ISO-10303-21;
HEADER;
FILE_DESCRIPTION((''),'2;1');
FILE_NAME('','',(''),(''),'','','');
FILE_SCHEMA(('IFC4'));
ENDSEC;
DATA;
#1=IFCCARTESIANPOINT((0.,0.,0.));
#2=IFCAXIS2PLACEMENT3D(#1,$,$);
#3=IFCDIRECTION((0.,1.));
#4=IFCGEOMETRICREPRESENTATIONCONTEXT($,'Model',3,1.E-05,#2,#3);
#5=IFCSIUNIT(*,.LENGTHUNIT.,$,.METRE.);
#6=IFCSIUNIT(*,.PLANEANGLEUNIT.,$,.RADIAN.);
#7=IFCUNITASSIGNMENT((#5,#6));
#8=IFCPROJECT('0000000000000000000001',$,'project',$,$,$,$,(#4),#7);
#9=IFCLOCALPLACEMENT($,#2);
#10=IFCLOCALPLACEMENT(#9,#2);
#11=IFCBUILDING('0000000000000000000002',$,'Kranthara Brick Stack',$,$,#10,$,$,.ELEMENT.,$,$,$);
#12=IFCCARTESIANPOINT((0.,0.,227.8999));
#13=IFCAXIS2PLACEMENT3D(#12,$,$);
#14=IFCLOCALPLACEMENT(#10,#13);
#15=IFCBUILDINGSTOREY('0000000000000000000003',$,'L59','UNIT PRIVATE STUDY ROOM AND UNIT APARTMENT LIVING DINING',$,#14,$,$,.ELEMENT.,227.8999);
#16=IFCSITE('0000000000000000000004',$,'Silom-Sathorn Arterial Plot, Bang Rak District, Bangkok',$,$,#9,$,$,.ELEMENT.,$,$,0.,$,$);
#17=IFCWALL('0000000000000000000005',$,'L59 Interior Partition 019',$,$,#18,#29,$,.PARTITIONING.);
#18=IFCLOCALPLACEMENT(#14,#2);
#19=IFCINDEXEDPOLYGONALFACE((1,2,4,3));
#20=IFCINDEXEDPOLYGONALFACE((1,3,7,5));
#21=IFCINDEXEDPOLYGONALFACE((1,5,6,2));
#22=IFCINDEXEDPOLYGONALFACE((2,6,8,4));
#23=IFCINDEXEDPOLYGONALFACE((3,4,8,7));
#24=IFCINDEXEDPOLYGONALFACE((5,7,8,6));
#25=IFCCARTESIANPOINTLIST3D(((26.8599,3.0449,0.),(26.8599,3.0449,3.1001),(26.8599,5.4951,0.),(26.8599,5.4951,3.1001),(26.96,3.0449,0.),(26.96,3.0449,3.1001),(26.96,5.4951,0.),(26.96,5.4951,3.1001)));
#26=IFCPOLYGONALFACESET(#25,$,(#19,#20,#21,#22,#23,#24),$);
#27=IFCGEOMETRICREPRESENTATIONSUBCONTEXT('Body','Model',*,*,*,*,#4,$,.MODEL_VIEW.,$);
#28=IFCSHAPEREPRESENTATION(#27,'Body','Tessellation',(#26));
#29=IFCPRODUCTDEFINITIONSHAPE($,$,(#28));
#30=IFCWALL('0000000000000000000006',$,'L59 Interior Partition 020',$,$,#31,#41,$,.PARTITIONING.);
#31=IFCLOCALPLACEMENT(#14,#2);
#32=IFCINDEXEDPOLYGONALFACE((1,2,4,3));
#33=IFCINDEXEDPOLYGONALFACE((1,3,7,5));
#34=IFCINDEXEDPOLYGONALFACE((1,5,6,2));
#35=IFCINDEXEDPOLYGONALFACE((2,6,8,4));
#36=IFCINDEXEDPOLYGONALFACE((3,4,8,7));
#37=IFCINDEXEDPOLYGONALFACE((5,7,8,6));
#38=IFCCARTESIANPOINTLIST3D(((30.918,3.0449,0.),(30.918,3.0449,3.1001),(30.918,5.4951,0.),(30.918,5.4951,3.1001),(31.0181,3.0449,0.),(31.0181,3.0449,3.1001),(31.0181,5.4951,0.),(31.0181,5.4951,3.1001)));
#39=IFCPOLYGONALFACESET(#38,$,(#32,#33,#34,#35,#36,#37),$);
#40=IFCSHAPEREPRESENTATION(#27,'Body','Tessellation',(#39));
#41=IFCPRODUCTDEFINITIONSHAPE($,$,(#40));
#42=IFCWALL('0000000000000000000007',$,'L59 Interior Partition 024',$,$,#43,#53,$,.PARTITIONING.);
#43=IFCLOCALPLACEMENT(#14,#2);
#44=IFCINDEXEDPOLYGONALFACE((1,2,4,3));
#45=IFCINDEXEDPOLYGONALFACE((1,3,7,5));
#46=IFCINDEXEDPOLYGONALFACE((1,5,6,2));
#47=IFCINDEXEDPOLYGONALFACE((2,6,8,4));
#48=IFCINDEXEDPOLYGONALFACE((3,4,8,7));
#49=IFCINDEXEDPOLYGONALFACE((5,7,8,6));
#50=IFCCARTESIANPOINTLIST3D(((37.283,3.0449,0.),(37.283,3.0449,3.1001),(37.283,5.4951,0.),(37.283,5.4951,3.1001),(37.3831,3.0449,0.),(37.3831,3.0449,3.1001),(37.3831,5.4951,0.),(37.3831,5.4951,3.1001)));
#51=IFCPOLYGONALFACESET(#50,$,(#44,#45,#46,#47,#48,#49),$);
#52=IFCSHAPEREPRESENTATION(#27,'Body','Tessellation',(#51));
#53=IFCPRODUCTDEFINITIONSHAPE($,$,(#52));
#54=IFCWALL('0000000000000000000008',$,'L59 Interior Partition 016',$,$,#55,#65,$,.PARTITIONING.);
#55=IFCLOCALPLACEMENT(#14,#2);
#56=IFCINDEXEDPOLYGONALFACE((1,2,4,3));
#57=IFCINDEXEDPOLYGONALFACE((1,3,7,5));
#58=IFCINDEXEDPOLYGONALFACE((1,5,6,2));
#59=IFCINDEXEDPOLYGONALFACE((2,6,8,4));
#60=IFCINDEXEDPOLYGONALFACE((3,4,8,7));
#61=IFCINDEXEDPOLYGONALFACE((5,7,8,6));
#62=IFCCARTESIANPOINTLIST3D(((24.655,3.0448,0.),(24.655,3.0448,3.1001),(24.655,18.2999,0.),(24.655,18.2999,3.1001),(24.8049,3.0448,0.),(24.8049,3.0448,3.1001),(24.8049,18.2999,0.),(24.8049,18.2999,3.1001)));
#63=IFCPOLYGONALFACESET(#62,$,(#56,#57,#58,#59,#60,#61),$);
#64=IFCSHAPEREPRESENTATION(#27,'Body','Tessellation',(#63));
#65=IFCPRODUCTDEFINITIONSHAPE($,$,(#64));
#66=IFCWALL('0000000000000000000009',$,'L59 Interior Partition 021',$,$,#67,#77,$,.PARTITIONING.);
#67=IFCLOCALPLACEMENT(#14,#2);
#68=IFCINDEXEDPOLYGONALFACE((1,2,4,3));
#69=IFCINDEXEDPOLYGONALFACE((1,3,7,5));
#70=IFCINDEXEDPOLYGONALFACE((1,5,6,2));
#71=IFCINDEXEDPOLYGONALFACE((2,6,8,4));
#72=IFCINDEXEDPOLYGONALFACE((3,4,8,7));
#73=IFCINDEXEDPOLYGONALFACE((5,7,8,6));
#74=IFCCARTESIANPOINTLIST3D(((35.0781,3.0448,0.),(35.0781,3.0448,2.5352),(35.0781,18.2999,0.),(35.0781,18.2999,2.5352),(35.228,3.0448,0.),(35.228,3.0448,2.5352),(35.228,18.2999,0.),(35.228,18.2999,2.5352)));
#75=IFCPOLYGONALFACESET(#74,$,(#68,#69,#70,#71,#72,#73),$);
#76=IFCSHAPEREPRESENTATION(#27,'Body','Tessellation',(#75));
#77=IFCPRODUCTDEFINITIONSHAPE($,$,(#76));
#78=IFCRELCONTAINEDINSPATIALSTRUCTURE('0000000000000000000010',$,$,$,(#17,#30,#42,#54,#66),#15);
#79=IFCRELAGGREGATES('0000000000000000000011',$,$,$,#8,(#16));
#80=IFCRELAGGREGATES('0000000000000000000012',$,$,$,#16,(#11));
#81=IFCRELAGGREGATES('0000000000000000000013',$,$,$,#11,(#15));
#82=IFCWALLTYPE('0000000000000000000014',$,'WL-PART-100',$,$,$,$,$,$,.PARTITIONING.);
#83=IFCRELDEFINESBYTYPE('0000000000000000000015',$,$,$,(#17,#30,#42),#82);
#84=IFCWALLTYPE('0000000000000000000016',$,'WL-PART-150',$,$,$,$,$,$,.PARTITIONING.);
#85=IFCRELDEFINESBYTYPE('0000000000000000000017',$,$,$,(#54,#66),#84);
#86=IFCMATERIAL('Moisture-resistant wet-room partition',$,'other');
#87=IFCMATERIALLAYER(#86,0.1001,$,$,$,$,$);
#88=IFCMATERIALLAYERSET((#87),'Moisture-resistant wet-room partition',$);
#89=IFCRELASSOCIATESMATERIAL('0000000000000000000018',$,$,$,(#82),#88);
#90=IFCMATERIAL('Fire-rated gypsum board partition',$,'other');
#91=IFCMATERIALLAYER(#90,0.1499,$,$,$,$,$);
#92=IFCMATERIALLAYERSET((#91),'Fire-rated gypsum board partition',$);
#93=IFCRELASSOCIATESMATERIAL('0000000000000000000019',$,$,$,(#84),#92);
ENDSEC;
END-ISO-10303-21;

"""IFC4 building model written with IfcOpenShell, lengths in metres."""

from ifc_helpers import new_model, si_unit, direction, frame, frame_2d, origin, place, context, subcontext, project, spatial, rectangle, extrude, material, layer, layer_set, type_object, element, save


model = new_model("IFC4")

# Units and contexts
model_context = context("Model", 3, precision=1e-05, world=origin(), true_north=direction((0.0, 1.0)))
body_context = subcontext(model_context, "Body", "Model", "MODEL_VIEW")
ifc_project = project(units=[si_unit("LENGTHUNIT", "METRE"), si_unit("PLANEANGLEUNIT", "RADIAN")], contexts=[model_context])

# Site, building, storey
site_placement = place(None, origin())
site = spatial("IfcSite", under=ifc_project, at=site_placement, Name="Silom-Sathorn Arterial Plot, Bang Rak District, Bangkok", CompositionType="ELEMENT", RefElevation=0.0)
building_placement = place(site_placement, origin())
building = spatial("IfcBuilding", under=site, at=building_placement, Name="Kranthara Brick Stack", CompositionType="ELEMENT")
storey_placement = place(building_placement, frame((0.0, 0.0, 227.8999)))
storey = spatial("IfcBuildingStorey", under=building, at=storey_placement, Name="L59", Description="UNIT PRIVATE STUDY ROOM AND UNIT APARTMENT LIVING DINING", CompositionType="ELEMENT", Elevation=227.8999)

# Walls
ifc_material_1 = material(Name="Moisture-resistant wet-room partition", Category="other")
ifc_layer_1 = layer(ifc_material_1, 0.1001)
ifc_layer_set_1 = layer_set([ifc_layer_1], Name="Moisture-resistant wet-room partition")
wall_type_1 = type_object("IfcWallType", Name="WL-PART-100", PredefinedType="PARTITIONING", material=ifc_layer_set_1)
for number, where, z_axis, x_axis, name in (
    (1, (26.9099, 3.0449, 0.0), (0.0, 0.0, 1.0), (0.0, 1.0, 0.0), "L59 Interior Partition 019"),
    (2, (30.968, 3.0449, 0.0), (0.0, 0.0, 1.0), (0.0, 1.0, 0.0), "L59 Interior Partition 020"),
    (3, (37.333, 3.0449, 0.0), (0.0, 0.0, 1.0), (0.0, 1.0, 0.0), "L59 Interior Partition 024"),
):
    element("IfcWall", number, at=place(storey_placement, frame(where, z_axis=z_axis, x_axis=x_axis)), inside=storey, type_object=wall_type_1, Name=name, PredefinedType="PARTITIONING", context=body_context, shape_type="SweptSolid", body=[
        extrude(rectangle(XDim=2.4502, YDim=0.1001, at=frame_2d((1.2251, 0.0))), origin(), (0.0, 0.0, 1.0), 3.1001),
    ])
ifc_material_2 = material(Name="Fire-rated gypsum board partition", Category="other")
ifc_layer_2 = layer(ifc_material_2, 0.1499)
ifc_layer_set_2 = layer_set([ifc_layer_2], Name="Fire-rated gypsum board partition")
wall_type_2 = type_object("IfcWallType", Name="WL-PART-150", PredefinedType="PARTITIONING", material=ifc_layer_set_2)
wall_1_placement = place(storey_placement, frame((24.73, 3.0449, 0.0), z_axis=(0.0, 0.0, 1.0), x_axis=(0.0, 1.0, 0.0)))
element("IfcWall", 4, at=wall_1_placement, inside=storey, type_object=wall_type_2, Name="L59 Interior Partition 016", PredefinedType="PARTITIONING", context=body_context, shape_type="SweptSolid", body=[
    extrude(rectangle(XDim=15.2551, YDim=0.1499, at=frame_2d((7.6274, 0.0))), origin(), (0.0, 0.0, 1.0), 3.1001),
])
wall_2_placement = place(storey_placement, frame((35.1531, 3.0449, 0.0), z_axis=(0.0, 0.0, 1.0), x_axis=(0.0, 1.0, 0.0)))
element("IfcWall", 5, at=wall_2_placement, inside=storey, type_object=wall_type_2, Name="L59 Interior Partition 021", PredefinedType="PARTITIONING", context=body_context, shape_type="SweptSolid", body=[
    extrude(rectangle(XDim=15.2551, YDim=0.1499, at=frame_2d((7.6274, 0.0))), origin(), (0.0, 0.0, 1.0), 2.5352),
])

save(model, "model.ifc")
